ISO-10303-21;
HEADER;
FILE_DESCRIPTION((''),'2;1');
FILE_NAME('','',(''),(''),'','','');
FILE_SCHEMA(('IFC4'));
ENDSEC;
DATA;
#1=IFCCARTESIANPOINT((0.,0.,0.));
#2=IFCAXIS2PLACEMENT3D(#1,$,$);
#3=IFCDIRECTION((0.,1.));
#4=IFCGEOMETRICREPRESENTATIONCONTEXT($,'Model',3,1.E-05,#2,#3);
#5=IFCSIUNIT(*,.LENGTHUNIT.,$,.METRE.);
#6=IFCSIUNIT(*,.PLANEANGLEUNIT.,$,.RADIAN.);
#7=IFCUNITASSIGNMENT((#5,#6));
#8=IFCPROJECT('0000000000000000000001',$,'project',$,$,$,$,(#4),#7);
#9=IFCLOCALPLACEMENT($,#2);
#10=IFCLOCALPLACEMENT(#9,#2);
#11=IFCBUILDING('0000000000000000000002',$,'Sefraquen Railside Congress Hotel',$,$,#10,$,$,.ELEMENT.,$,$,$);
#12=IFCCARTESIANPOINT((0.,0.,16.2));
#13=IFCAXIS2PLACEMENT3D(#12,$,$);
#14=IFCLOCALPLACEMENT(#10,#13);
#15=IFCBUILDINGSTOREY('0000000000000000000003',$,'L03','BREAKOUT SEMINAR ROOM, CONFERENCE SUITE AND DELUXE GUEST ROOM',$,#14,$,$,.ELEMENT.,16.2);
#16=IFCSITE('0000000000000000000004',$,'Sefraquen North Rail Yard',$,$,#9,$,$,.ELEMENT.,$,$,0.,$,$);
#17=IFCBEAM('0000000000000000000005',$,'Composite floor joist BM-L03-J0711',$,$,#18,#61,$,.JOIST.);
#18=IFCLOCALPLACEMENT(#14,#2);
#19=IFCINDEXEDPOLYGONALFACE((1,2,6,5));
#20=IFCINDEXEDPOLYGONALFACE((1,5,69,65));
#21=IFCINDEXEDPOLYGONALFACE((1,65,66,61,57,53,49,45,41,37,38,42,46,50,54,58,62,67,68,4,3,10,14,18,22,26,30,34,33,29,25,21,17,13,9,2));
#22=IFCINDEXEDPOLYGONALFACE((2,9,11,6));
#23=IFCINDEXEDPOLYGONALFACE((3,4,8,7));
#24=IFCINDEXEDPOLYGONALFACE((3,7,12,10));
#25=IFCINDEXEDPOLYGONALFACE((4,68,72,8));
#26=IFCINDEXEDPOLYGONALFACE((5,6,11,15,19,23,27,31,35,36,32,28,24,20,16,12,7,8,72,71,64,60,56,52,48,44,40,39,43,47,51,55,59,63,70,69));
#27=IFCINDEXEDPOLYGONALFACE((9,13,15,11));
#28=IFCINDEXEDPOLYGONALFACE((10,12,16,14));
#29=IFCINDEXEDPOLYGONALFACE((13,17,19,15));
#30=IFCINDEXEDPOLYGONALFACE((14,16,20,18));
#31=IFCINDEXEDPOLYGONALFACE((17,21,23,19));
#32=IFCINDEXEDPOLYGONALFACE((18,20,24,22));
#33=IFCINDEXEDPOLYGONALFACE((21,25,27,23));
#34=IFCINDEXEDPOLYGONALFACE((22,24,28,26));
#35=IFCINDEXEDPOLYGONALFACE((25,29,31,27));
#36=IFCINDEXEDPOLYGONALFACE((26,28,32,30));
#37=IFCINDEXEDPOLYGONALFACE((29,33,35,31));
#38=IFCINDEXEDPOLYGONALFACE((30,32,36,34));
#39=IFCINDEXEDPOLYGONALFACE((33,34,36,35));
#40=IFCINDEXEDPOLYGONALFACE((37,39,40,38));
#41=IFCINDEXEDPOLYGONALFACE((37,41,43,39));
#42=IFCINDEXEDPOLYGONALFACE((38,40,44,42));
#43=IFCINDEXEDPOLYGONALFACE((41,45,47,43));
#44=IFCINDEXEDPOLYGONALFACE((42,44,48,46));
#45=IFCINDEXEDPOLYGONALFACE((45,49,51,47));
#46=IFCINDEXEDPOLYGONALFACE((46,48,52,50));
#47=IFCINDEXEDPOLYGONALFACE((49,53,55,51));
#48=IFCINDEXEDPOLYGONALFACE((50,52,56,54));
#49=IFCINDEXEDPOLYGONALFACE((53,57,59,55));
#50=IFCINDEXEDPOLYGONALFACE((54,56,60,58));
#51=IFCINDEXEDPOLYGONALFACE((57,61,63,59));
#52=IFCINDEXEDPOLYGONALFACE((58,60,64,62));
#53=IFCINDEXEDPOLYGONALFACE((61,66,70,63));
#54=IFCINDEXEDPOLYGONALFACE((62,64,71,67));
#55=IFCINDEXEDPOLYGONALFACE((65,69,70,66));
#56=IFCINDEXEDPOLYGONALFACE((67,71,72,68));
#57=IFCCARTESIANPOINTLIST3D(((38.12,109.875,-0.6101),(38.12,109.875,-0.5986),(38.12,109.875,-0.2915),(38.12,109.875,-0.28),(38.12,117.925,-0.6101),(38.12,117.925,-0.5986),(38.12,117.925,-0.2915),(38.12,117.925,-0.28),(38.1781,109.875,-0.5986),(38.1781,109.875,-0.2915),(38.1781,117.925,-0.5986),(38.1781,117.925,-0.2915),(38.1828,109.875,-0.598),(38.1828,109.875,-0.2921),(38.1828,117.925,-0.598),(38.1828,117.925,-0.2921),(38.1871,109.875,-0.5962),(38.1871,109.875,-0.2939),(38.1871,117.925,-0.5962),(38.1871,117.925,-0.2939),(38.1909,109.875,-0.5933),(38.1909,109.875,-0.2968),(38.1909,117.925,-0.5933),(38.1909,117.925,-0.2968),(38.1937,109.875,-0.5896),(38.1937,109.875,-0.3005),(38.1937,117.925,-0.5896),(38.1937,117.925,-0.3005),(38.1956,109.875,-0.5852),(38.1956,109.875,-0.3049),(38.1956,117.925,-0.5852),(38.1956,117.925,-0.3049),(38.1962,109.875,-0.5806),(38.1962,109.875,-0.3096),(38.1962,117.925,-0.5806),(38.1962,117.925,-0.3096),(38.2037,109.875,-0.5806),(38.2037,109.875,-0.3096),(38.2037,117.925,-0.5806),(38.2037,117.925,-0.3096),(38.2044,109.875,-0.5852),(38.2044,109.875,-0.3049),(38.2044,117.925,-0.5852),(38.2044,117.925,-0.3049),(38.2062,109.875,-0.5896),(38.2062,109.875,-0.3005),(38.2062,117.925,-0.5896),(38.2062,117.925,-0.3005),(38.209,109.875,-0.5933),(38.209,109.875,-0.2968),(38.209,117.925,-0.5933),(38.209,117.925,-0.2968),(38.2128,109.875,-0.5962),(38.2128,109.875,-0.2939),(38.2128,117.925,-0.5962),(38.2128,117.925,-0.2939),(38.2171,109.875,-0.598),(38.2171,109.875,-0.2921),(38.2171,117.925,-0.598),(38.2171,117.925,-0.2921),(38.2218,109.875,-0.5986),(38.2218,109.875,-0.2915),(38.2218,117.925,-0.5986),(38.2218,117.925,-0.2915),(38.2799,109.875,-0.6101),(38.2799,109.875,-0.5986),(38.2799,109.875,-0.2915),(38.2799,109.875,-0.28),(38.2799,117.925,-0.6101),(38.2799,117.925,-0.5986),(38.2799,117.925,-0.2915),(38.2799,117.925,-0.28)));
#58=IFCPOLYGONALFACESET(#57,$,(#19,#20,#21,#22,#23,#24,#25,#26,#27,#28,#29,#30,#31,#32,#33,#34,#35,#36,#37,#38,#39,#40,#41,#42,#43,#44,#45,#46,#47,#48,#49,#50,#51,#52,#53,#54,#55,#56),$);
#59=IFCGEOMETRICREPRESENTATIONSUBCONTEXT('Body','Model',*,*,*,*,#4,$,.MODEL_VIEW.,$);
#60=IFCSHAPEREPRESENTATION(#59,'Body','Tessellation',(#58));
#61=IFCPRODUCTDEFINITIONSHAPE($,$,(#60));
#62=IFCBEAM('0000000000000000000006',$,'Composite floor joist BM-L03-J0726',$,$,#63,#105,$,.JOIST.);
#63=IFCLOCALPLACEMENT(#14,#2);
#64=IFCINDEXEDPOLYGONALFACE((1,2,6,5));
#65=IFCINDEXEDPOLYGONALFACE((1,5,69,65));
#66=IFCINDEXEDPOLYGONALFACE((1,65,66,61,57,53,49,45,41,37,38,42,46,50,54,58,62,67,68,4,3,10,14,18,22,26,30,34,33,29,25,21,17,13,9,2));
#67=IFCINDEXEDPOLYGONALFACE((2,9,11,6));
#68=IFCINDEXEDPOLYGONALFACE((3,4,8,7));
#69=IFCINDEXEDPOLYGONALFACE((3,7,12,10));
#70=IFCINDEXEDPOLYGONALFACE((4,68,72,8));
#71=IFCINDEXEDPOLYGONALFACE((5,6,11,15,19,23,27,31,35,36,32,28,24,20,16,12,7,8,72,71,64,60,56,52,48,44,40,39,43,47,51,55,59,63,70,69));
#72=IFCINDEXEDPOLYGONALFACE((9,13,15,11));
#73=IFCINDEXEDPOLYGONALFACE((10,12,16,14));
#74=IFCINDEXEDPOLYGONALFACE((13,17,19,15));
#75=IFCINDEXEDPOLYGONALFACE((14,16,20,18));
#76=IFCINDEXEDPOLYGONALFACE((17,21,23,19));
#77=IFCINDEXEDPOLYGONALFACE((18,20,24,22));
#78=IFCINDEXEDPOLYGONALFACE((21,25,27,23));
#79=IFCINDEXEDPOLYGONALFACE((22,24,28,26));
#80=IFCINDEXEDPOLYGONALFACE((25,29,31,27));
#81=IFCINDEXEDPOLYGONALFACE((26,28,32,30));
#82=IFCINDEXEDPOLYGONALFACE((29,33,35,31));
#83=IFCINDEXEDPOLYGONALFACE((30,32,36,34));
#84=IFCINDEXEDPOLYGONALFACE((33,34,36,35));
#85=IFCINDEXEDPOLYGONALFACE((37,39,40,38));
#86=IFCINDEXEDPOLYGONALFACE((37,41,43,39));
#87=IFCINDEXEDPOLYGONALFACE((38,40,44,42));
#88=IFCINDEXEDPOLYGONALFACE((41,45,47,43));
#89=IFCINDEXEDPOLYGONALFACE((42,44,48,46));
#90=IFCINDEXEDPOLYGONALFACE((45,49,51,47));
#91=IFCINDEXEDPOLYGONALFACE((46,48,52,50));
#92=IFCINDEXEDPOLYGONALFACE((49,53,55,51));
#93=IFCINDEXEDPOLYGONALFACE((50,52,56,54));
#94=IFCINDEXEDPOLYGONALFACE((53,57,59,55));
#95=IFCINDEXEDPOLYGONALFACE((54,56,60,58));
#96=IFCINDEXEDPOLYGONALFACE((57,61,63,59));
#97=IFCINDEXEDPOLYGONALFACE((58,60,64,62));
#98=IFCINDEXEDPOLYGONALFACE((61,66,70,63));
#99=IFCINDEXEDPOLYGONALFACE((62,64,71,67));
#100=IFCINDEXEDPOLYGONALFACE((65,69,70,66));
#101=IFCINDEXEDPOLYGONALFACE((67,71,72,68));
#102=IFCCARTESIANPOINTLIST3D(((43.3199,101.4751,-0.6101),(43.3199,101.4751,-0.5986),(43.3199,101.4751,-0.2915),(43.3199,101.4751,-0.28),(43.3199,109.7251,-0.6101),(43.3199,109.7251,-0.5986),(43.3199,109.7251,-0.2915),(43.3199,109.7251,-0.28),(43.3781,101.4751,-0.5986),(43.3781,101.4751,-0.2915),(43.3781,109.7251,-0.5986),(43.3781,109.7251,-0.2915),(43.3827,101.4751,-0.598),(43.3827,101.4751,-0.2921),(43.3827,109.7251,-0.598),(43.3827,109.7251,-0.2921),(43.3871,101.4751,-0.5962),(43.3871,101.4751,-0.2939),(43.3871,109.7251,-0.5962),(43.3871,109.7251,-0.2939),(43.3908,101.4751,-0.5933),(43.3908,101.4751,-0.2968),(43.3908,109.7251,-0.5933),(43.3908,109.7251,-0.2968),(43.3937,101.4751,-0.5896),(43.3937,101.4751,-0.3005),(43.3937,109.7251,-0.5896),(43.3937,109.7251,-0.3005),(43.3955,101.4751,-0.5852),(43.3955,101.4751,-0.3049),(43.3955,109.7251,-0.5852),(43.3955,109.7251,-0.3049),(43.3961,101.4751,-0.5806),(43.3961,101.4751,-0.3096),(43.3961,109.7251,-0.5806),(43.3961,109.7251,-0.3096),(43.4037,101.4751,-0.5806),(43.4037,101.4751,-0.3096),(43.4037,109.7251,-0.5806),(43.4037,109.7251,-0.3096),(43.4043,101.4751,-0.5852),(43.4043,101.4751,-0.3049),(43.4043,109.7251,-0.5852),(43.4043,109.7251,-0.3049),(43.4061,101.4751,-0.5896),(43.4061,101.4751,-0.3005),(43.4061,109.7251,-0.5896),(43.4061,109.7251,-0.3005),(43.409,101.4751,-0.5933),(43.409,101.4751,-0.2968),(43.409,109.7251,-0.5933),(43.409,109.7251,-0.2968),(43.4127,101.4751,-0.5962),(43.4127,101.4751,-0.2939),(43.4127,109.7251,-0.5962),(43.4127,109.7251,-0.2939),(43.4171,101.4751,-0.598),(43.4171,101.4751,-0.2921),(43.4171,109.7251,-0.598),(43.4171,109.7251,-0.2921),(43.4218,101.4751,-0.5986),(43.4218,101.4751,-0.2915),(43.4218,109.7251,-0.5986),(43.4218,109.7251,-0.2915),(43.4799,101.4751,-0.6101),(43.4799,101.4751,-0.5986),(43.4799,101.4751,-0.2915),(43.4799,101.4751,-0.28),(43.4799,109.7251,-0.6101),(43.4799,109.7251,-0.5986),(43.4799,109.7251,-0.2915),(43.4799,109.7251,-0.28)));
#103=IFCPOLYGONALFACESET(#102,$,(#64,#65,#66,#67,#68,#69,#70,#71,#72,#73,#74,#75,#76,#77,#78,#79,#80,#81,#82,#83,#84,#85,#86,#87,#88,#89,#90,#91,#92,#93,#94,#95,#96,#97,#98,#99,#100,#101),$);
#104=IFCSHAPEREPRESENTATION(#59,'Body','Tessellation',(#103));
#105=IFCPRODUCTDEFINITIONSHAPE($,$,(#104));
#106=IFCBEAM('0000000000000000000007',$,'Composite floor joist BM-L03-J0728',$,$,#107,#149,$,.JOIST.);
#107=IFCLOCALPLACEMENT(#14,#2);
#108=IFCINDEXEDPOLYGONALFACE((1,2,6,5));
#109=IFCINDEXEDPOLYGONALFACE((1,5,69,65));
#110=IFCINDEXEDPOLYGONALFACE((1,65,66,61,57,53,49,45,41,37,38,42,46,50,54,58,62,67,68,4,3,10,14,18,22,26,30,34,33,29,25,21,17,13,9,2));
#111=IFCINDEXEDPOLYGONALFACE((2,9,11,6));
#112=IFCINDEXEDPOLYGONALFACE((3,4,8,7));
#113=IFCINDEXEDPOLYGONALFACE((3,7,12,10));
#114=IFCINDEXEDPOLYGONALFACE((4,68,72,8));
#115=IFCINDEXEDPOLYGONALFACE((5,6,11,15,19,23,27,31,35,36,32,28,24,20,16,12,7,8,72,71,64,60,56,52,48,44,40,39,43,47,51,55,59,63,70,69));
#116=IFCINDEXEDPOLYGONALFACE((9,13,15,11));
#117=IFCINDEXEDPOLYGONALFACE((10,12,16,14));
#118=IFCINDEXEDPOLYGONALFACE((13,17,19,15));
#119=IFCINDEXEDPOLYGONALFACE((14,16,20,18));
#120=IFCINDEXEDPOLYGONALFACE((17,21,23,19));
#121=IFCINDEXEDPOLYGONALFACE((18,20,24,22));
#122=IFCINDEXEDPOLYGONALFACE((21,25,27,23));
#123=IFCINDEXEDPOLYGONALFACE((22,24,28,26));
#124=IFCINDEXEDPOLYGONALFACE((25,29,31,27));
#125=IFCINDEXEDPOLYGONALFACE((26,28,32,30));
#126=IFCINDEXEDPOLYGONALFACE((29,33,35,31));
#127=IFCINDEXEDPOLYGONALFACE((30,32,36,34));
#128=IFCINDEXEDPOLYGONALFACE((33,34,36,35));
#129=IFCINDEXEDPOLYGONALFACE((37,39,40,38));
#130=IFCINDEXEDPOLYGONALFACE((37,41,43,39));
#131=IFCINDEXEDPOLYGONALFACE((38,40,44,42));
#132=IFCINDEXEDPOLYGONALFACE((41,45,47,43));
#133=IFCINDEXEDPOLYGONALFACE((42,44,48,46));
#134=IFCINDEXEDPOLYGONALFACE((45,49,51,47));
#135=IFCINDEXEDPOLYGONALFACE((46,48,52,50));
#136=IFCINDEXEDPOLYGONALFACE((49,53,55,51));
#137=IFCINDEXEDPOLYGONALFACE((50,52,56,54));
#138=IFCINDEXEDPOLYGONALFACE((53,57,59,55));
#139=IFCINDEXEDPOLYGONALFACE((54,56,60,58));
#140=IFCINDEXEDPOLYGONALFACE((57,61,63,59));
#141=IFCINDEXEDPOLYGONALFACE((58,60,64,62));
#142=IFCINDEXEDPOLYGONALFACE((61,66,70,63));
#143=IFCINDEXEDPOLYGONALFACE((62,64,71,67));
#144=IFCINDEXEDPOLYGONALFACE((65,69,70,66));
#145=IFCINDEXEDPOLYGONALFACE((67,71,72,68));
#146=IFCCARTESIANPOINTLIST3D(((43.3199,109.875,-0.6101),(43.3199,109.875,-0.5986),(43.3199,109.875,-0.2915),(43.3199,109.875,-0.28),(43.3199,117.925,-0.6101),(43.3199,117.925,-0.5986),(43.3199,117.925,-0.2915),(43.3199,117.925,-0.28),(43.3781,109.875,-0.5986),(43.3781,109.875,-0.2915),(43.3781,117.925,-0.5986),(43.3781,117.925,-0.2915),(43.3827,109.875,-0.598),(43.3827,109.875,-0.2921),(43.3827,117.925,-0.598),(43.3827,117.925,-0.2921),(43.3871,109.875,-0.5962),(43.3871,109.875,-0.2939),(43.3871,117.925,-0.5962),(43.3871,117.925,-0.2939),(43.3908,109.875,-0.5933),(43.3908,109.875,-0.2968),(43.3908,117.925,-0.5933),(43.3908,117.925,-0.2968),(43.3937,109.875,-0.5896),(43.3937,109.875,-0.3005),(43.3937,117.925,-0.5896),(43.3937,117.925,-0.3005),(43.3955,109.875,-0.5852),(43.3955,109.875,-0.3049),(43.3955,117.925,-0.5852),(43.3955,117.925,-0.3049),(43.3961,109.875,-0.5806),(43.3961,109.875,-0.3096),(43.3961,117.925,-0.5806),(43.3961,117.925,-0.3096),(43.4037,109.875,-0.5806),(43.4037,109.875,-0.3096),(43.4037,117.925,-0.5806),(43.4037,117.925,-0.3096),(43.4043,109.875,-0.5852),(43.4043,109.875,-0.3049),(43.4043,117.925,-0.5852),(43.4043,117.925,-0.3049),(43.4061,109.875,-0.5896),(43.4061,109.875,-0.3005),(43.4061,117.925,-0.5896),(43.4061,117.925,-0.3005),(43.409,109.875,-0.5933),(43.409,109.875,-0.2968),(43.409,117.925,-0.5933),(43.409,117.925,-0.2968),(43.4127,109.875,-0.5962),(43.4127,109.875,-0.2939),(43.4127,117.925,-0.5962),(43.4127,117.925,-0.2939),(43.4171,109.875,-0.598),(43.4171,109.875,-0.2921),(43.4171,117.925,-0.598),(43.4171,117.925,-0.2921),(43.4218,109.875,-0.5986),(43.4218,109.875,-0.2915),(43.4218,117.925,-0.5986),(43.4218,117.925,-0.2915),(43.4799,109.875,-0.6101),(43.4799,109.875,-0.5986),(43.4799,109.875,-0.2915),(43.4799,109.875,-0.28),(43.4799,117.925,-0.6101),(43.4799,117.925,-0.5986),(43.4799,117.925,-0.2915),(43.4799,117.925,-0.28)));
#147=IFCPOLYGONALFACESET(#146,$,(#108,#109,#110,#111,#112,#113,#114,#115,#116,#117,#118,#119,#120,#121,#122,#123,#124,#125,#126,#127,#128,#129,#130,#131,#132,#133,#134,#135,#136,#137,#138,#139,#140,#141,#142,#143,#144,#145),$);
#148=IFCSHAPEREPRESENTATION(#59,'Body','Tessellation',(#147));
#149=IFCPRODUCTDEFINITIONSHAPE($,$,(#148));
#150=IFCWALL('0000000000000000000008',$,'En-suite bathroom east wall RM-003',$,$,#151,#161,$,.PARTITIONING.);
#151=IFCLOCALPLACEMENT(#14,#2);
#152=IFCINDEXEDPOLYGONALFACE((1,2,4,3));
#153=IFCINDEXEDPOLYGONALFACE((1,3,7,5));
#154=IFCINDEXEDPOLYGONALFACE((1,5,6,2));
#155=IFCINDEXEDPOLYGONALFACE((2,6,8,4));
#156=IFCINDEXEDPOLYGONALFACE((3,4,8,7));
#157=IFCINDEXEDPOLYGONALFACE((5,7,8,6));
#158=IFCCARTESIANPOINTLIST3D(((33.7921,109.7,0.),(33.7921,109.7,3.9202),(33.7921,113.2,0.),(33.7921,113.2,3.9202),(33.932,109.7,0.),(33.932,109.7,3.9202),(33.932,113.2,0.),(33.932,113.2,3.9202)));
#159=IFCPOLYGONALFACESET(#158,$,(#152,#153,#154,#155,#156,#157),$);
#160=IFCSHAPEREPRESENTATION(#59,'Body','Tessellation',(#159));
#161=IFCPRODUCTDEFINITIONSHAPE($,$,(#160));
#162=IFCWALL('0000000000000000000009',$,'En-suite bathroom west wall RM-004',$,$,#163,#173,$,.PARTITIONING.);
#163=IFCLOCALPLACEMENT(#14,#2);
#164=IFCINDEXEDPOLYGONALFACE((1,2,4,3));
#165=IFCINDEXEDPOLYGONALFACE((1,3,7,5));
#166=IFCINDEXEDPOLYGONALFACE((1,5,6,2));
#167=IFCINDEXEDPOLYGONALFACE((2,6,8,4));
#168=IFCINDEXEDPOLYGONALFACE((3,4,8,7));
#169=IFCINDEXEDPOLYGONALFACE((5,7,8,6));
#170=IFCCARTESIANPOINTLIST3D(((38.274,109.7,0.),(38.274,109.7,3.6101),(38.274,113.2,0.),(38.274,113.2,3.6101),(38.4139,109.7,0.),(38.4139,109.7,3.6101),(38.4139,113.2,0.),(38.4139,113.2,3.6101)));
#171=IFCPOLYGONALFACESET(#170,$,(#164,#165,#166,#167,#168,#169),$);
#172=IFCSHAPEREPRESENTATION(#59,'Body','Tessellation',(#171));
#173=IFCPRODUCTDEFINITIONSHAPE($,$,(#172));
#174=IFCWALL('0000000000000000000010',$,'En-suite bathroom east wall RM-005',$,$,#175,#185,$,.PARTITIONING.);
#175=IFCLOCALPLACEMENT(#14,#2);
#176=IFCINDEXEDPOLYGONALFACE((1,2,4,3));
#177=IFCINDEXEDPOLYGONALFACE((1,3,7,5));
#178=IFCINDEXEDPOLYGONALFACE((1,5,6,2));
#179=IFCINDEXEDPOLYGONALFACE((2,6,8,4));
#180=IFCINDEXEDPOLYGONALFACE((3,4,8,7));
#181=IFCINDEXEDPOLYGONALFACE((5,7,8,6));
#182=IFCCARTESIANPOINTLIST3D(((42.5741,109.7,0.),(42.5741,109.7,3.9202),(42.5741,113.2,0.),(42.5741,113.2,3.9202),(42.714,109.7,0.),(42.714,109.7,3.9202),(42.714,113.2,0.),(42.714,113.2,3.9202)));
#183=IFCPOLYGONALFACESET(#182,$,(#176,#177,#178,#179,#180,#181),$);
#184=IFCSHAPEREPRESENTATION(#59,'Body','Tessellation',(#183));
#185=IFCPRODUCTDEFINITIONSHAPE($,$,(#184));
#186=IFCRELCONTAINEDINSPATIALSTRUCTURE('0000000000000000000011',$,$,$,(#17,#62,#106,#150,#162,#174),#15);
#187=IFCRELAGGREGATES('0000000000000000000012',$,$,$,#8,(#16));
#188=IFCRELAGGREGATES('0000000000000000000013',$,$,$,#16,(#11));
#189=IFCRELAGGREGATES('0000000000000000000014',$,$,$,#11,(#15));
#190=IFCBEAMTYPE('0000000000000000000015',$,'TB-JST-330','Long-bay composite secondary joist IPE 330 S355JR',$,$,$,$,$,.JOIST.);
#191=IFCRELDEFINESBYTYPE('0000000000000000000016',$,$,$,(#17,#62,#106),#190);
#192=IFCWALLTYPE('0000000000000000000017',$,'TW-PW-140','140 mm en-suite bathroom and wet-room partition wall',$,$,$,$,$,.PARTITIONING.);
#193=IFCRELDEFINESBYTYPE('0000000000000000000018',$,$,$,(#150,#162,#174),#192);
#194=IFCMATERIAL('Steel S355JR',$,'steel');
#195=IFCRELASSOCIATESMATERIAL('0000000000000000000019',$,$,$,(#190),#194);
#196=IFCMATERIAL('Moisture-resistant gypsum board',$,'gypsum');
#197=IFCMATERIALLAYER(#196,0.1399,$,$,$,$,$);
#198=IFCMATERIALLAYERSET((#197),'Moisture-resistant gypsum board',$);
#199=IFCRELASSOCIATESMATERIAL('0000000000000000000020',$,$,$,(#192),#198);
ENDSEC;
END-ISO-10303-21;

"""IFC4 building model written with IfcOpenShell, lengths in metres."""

from ifc_helpers import new_model, si_unit, direction, frame, frame_2d, origin, origin_2d, place, context, subcontext, project, spatial, rectangle, i_section, extrude, material, layer, layer_set, material_profile, profile_set, type_object, element, save


model = new_model("IFC4")

# Units and contexts
model_context = context("Model", 3, precision=1e-05, world=origin(), true_north=direction((0.0, 1.0)))
body_context = subcontext(model_context, "Body", "Model", "MODEL_VIEW")
ifc_project = project(units=[si_unit("LENGTHUNIT", "METRE"), si_unit("PLANEANGLEUNIT", "RADIAN")], contexts=[model_context])

# Site, building, storey
site_placement = place(None, origin())
site = spatial("IfcSite", under=ifc_project, at=site_placement, Name="Sefraquen North Rail Yard", CompositionType="ELEMENT", RefElevation=0.0)
building_placement = place(site_placement, origin())
building = spatial("IfcBuilding", under=site, at=building_placement, Name="Sefraquen Railside Congress Hotel", CompositionType="ELEMENT")
storey_placement = place(building_placement, frame((0.0, 0.0, 16.2)))
storey = spatial("IfcBuildingStorey", under=building, at=storey_placement, Name="L03", Description="BREAKOUT SEMINAR ROOM, CONFERENCE SUITE AND DELUXE GUEST ROOM", CompositionType="ELEMENT", Elevation=16.2)

# Shared definitions
ifc_material_1 = material(Name="Steel S355JR", Category="steel")

# Beams
ifc_material_profile_1 = material_profile(ifc_material_1, i_section(OverallWidth=0.1599, OverallDepth=0.3301, WebThickness=0.0076, FlangeThickness=0.0115, FilletRadius=0.0181, at=origin_2d()), Name="IPE 330")
ifc_profile_set_1 = profile_set([ifc_material_profile_1], Name="Steel S355JR")
beam_type_1 = type_object("IfcBeamType", Name="TB-JST-330", Description="Long-bay composite secondary joist IPE 330 S355JR", PredefinedType="JOIST", material=ifc_profile_set_1)
for number, where, z_axis, x_axis, name in (
    (1, (38.2, 109.875, -0.4451), (0.0, 1.0, 0.0), (-1.0, 0.0, 0.0), "Composite floor joist BM-L03-J0711"),
):
    element("IfcBeam", number, at=place(storey_placement, frame(where, z_axis=z_axis, x_axis=x_axis)), inside=storey, type_object=beam_type_1, Name=name, PredefinedType="JOIST", context=body_context, shape_type="SweptSolid", body=[
        extrude(i_section(OverallWidth=0.1599, OverallDepth=0.3301, WebThickness=0.0076, FlangeThickness=0.0115, FilletRadius=0.0181, at=origin_2d()), origin(), (0.0, 0.0, 1.0), 8.05),
    ])
beam_1_placement = place(storey_placement, frame((43.3999, 101.4751, -0.4451), z_axis=(0.0, 1.0, 0.0), x_axis=(-1.0, 0.0, 0.0)))
element("IfcBeam", 2, at=beam_1_placement, inside=storey, type_object=beam_type_1, Name="Composite floor joist BM-L03-J0726", PredefinedType="JOIST", context=body_context, shape_type="SweptSolid", body=[
    extrude(i_section(OverallWidth=0.1599, OverallDepth=0.3301, WebThickness=0.0076, FlangeThickness=0.0115, FilletRadius=0.0181, at=origin_2d()), origin(), (0.0, 0.0, 1.0), 8.25),
])
beam_2_placement = place(storey_placement, frame((43.3999, 109.875, -0.4451), z_axis=(0.0, 1.0, 0.0), x_axis=(-1.0, 0.0, 0.0)))
element("IfcBeam", 3, at=beam_2_placement, inside=storey, type_object=beam_type_1, Name="Composite floor joist BM-L03-J0728", PredefinedType="JOIST", context=body_context, shape_type="SweptSolid", body=[
    extrude(i_section(OverallWidth=0.1599, OverallDepth=0.3301, WebThickness=0.0076, FlangeThickness=0.0115, FilletRadius=0.0181, at=origin_2d()), origin(), (0.0, 0.0, 1.0), 8.05),
])

# Wall
ifc_material_2 = material(Name="Moisture-resistant gypsum board", Category="gypsum")
ifc_layer_1 = layer(ifc_material_2, 0.1399)
ifc_layer_set_1 = layer_set([ifc_layer_1], Name="Moisture-resistant gypsum board")
wall_type_1 = type_object("IfcWallType", Name="TW-PW-140", Description="140 mm en-suite bathroom and wet-room partition wall", PredefinedType="PARTITIONING", material=ifc_layer_set_1)
wall_1_placement = place(storey_placement, frame((33.8621, 109.7, 0.0), z_axis=(0.0, 0.0, 1.0), x_axis=(0.0, 1.0, 0.0)))
element("IfcWall", 4, at=wall_1_placement, inside=storey, type_object=wall_type_1, Name="En-suite bathroom east wall RM-003", PredefinedType="PARTITIONING", context=body_context, shape_type="SweptSolid", body=[
    extrude(rectangle(XDim=3.5, YDim=0.1399, at=frame_2d((1.75, 0.0))), origin(), (0.0, 0.0, 1.0), 3.9202),
])

# Wall
wall_2_placement = place(storey_placement, frame((38.344, 109.7, 0.0), z_axis=(0.0, 0.0, 1.0), x_axis=(0.0, 1.0, 0.0)))
element("IfcWall", 5, at=wall_2_placement, inside=storey, type_object=wall_type_1, Name="En-suite bathroom west wall RM-004", PredefinedType="PARTITIONING", context=body_context, shape_type="SweptSolid", body=[
    extrude(rectangle(XDim=3.5, YDim=0.1399, at=frame_2d((1.75, 0.0))), origin(), (0.0, 0.0, 1.0), 3.6101),
])

# Wall
wall_3_placement = place(storey_placement, frame((42.644, 109.7, 0.0), z_axis=(0.0, 0.0, 1.0), x_axis=(0.0, 1.0, 0.0)))
element("IfcWall", 6, at=wall_3_placement, inside=storey, type_object=wall_type_1, Name="En-suite bathroom east wall RM-005", PredefinedType="PARTITIONING", context=body_context, shape_type="SweptSolid", body=[
    extrude(rectangle(XDim=3.5, YDim=0.1399, at=frame_2d((1.75, 0.0))), origin(), (0.0, 0.0, 1.0), 3.9202),
])

save(model, "model.ifc")
